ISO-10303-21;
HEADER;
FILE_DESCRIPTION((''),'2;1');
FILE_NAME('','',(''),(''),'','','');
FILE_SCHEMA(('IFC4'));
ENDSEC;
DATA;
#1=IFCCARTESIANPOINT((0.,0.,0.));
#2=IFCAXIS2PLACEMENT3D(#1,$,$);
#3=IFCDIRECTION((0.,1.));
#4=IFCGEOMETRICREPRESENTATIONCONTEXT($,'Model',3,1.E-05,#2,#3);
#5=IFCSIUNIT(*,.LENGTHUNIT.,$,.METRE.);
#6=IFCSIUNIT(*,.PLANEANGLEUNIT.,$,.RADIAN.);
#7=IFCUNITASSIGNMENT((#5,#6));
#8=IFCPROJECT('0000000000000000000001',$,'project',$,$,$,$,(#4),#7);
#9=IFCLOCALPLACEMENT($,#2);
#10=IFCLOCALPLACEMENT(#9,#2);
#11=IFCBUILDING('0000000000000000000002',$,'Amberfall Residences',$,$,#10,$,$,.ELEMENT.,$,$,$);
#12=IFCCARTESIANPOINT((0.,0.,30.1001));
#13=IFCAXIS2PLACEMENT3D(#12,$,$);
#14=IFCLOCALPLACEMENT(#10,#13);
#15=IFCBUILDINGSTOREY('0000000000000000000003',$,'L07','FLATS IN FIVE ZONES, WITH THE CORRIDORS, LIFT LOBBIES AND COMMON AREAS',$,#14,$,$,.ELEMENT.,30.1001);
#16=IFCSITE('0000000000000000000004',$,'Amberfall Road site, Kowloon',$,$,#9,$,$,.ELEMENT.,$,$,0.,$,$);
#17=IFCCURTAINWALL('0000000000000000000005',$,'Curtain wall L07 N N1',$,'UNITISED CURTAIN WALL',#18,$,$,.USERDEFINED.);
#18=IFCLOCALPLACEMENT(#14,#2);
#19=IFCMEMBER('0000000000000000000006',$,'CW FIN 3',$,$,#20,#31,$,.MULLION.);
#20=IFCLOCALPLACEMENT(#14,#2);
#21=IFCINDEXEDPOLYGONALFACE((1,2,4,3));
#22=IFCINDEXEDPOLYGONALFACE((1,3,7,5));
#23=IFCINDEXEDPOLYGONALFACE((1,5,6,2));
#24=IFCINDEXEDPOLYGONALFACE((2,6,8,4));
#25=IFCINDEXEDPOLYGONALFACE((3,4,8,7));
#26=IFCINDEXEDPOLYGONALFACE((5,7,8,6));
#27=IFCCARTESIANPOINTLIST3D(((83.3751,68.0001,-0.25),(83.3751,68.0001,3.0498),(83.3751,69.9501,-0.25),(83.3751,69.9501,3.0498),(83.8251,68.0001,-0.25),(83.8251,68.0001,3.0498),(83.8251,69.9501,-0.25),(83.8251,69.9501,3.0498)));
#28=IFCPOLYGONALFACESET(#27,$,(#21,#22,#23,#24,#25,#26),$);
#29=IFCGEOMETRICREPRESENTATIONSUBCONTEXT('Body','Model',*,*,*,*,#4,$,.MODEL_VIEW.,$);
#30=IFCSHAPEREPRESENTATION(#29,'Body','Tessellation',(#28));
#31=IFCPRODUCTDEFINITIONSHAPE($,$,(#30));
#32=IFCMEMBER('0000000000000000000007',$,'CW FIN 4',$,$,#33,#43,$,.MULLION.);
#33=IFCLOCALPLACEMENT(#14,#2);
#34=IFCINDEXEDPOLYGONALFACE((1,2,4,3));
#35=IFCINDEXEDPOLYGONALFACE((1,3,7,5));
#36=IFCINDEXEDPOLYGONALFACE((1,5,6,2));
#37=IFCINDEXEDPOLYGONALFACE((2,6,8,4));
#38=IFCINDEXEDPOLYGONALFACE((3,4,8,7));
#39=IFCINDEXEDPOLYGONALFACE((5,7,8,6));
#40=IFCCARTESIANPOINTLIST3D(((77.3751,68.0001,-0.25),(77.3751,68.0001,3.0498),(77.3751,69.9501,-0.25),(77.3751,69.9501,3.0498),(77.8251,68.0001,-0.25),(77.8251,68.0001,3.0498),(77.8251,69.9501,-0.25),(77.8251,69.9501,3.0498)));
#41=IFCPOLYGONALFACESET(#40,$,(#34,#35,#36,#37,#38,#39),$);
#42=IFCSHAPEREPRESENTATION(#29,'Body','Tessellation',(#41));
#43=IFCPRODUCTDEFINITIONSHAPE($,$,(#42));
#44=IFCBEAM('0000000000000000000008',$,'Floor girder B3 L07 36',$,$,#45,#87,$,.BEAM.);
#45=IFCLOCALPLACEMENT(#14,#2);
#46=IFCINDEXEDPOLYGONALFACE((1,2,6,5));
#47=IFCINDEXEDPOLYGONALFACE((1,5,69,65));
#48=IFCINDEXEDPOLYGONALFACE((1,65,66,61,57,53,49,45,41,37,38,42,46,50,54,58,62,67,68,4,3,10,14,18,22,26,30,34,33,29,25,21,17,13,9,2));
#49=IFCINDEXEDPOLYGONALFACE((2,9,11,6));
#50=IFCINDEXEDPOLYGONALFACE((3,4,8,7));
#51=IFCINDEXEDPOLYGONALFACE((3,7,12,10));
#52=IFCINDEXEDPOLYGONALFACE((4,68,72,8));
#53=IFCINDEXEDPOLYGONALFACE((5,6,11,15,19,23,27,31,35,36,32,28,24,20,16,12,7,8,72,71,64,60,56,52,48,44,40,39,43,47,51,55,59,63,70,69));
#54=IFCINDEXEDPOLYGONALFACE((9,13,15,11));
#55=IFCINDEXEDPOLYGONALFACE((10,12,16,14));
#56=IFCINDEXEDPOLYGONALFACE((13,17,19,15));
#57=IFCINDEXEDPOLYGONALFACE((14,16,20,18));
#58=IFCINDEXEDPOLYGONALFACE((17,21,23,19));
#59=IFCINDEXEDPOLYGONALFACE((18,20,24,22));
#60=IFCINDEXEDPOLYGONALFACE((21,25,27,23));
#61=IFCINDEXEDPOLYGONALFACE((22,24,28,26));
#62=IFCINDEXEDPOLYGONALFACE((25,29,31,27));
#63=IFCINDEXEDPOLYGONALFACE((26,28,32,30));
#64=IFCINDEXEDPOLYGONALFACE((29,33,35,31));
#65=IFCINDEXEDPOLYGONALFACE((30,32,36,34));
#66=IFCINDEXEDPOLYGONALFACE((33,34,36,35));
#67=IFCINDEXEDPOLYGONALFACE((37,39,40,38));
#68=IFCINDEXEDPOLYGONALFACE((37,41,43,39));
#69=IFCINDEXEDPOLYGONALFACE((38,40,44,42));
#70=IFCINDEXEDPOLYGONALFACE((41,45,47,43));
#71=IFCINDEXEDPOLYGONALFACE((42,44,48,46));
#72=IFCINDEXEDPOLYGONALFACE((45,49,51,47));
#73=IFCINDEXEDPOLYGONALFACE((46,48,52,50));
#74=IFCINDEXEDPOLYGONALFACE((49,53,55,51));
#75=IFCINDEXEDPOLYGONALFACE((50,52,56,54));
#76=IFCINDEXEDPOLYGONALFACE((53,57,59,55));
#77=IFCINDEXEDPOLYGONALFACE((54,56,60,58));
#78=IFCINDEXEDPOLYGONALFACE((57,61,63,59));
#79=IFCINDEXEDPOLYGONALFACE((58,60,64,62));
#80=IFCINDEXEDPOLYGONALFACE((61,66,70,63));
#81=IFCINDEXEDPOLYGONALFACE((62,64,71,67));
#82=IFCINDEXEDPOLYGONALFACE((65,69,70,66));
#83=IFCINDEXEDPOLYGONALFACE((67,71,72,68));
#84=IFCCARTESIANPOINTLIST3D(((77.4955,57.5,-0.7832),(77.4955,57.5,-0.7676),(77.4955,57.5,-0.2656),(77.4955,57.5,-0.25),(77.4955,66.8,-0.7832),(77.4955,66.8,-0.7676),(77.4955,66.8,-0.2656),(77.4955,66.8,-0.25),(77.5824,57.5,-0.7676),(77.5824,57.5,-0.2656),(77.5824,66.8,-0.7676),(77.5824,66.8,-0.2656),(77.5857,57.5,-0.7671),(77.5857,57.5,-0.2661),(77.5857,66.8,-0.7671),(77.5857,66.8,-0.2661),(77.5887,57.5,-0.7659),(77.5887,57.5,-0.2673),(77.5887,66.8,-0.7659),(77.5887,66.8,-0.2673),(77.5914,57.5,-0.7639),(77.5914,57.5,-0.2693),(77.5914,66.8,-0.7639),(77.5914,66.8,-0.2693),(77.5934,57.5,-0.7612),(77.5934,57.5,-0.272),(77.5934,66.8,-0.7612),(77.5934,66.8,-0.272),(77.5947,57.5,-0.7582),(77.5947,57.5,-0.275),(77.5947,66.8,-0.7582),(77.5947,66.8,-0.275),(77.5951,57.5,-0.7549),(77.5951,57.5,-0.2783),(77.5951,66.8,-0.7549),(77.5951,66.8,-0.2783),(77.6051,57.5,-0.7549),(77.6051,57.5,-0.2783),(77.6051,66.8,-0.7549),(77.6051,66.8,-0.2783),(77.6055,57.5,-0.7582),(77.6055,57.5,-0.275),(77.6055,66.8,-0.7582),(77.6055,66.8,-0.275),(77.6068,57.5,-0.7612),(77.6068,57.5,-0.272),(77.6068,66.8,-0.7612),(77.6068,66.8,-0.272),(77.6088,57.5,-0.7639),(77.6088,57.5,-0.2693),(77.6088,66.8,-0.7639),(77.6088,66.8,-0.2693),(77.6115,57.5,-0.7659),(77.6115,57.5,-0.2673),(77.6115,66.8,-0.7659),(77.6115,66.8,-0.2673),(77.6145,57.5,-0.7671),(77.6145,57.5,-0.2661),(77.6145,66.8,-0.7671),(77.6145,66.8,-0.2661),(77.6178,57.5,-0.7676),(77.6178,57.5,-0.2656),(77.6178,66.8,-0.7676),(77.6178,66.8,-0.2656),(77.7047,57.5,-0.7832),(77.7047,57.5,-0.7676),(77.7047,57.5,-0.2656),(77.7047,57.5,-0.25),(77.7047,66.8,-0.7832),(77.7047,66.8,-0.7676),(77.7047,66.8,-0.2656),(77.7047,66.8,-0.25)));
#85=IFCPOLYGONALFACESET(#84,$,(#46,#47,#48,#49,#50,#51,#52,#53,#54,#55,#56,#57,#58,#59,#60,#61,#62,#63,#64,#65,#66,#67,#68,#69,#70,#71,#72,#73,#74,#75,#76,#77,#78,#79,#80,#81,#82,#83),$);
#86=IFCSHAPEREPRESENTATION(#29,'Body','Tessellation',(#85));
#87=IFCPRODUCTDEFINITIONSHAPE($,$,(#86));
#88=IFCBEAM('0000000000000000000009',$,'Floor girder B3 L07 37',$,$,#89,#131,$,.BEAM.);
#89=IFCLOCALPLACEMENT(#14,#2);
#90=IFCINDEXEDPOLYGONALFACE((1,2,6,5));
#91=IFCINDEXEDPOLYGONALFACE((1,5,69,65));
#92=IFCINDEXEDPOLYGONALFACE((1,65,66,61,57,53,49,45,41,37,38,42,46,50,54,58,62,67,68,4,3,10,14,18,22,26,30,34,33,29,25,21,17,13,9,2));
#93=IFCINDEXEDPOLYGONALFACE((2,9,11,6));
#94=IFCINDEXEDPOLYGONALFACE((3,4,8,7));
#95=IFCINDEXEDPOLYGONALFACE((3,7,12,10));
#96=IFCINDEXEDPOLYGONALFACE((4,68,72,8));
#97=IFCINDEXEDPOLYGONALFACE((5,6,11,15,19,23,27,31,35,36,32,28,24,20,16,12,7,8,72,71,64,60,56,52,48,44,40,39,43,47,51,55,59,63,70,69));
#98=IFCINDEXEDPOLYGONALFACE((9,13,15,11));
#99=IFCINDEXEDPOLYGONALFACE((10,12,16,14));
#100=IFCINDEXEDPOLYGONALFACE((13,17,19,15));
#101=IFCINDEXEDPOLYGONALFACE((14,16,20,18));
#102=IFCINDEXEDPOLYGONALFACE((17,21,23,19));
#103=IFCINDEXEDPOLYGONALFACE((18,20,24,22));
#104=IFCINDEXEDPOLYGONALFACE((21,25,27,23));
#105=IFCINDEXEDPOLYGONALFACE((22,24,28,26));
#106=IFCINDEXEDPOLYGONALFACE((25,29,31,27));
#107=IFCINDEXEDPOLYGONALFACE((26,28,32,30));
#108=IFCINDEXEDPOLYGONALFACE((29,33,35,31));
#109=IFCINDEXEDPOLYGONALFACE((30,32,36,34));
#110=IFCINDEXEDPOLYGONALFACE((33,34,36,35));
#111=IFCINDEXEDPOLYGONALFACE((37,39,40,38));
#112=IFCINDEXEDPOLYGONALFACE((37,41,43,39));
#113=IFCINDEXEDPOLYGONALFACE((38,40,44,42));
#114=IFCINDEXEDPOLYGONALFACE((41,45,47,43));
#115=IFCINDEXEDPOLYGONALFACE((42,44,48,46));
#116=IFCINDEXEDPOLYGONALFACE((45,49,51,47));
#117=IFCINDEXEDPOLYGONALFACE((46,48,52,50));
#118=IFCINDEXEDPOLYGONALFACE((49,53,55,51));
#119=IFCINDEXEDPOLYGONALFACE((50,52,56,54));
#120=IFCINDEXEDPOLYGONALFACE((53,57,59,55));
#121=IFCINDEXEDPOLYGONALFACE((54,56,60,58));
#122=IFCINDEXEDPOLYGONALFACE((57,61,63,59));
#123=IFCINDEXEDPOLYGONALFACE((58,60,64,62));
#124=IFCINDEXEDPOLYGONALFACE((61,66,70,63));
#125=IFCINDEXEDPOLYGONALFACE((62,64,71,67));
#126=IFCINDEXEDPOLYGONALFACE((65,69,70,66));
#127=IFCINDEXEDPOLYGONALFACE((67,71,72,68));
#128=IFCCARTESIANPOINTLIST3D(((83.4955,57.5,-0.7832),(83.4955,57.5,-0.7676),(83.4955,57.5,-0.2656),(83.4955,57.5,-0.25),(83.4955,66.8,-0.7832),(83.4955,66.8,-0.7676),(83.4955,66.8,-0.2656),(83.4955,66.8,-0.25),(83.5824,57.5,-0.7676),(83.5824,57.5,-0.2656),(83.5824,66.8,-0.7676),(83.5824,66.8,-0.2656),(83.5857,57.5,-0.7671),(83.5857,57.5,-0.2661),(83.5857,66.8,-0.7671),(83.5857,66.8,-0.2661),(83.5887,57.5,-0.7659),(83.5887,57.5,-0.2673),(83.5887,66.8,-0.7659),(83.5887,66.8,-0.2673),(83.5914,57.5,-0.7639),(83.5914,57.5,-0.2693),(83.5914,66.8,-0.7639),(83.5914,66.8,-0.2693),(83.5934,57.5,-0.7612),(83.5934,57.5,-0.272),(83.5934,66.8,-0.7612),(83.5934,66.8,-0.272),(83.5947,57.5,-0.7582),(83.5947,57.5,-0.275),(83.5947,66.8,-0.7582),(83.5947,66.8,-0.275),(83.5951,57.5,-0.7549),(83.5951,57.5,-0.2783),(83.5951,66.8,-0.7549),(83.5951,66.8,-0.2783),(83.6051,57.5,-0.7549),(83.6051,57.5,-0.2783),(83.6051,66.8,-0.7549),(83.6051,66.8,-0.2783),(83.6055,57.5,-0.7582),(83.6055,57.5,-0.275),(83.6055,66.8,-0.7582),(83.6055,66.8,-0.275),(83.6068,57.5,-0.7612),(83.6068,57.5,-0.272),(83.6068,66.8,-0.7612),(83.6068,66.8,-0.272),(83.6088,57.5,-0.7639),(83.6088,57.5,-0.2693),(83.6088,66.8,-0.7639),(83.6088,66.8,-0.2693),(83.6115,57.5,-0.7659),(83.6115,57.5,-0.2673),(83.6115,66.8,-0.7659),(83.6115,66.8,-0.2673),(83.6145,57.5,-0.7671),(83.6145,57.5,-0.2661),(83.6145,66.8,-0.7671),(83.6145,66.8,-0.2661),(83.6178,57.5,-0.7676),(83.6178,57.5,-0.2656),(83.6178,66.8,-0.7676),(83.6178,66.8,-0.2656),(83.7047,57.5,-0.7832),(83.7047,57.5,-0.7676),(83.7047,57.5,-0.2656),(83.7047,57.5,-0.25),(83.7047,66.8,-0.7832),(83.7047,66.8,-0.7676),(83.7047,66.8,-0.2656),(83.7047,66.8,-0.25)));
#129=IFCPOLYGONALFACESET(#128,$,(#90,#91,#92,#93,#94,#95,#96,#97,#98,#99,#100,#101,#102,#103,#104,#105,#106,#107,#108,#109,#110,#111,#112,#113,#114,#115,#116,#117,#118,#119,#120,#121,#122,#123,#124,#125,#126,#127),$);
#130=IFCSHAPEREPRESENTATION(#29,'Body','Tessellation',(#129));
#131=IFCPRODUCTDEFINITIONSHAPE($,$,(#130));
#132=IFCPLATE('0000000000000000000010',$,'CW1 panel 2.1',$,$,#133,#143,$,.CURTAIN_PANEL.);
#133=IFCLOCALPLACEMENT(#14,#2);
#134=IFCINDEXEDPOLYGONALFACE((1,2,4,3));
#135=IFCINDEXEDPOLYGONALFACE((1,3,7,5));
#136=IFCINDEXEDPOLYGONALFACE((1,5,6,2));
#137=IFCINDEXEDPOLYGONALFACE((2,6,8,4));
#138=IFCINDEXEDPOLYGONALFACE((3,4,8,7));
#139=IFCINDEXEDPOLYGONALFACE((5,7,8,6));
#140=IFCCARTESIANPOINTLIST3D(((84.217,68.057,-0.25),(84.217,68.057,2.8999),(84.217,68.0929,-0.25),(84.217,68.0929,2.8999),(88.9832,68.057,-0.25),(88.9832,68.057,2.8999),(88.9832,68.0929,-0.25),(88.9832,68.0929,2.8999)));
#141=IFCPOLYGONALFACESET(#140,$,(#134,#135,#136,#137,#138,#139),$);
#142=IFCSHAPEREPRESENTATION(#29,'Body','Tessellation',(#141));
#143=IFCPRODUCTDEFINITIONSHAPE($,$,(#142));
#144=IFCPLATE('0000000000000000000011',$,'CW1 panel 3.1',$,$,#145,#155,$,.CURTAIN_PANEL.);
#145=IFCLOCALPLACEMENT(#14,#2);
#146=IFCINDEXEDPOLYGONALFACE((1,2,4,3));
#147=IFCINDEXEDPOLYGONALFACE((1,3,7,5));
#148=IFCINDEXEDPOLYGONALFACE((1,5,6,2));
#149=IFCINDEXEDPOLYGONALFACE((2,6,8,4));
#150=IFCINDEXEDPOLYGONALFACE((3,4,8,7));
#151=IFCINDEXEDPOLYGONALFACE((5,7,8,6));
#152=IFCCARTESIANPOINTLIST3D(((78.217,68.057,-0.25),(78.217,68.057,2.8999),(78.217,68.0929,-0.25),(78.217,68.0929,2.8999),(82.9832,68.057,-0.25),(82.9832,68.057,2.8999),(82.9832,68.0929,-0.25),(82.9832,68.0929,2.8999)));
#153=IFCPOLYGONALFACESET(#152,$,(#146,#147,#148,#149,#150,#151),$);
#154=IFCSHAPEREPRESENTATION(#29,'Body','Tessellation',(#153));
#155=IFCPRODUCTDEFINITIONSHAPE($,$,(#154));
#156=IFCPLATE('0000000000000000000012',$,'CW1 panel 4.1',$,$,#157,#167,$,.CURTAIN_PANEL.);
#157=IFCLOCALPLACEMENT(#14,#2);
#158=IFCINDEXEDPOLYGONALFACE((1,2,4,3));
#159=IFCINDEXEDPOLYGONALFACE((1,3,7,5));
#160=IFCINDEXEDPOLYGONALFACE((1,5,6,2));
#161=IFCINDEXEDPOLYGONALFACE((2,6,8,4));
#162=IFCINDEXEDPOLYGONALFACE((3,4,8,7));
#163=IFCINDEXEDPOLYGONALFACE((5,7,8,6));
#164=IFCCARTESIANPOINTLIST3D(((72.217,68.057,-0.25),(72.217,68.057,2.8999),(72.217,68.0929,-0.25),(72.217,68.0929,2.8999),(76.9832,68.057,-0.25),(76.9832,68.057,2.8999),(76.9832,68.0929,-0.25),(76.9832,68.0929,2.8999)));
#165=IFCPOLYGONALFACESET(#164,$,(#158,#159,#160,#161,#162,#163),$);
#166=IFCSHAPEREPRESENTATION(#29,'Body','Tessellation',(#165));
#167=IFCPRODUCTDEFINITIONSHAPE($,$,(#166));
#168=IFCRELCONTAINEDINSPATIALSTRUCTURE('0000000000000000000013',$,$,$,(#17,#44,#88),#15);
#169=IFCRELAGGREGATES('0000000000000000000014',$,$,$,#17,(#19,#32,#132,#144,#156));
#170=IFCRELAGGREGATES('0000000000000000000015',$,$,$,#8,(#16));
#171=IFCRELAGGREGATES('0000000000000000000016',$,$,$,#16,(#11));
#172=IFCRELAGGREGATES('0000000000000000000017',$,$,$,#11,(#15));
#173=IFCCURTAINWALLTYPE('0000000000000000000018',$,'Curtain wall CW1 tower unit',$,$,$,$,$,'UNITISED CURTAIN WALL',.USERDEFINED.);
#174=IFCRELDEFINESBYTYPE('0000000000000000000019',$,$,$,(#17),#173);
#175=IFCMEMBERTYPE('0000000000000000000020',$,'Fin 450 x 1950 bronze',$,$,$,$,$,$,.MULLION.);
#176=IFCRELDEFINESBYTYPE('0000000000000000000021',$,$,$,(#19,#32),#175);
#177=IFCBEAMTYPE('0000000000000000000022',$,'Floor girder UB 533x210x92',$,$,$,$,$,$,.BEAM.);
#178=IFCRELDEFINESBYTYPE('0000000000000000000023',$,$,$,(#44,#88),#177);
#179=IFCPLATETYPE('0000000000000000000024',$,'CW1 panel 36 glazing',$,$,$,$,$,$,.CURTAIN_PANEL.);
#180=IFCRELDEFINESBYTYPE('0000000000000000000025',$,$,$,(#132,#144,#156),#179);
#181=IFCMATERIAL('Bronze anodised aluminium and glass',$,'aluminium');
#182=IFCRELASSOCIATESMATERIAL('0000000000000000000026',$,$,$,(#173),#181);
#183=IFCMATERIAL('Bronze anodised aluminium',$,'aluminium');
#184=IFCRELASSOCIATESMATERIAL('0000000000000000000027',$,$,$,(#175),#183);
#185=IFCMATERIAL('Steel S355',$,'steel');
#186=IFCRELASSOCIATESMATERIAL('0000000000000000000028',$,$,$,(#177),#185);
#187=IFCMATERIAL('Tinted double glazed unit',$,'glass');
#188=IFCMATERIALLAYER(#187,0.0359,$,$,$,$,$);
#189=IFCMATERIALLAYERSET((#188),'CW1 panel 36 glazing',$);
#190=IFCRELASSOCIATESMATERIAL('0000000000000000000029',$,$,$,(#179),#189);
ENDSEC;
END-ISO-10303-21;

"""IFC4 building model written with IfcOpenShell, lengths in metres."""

from ifc_helpers import new_model, si_unit, direction, frame, origin, origin_2d, place, context, subcontext, project, spatial, rectangle, i_section, extrude, material, layer, layer_set, material_profile, profile_set, type_object, element, aggregate, save


model = new_model("IFC4")

# Units and contexts
model_context = context("Model", 3, precision=1e-05, world=origin(), true_north=direction((0.0, 1.0)))
body_context = subcontext(model_context, "Body", "Model", "MODEL_VIEW")
ifc_project = project(units=[si_unit("LENGTHUNIT", "METRE"), si_unit("PLANEANGLEUNIT", "RADIAN")], contexts=[model_context])

# Site, building, storey
site_placement = place(None, origin())
site = spatial("IfcSite", under=ifc_project, at=site_placement, Name="Amberfall Road site, Kowloon", CompositionType="ELEMENT", RefElevation=0.0)
building_placement = place(site_placement, origin())
building = spatial("IfcBuilding", under=site, at=building_placement, Name="Amberfall Residences", CompositionType="ELEMENT")
storey_placement = place(building_placement, frame((0.0, 0.0, 30.1001)))
storey = spatial("IfcBuildingStorey", under=building, at=storey_placement, Name="L07", Description="FLATS IN FIVE ZONES, WITH THE CORRIDORS, LIFT LOBBIES AND COMMON AREAS", CompositionType="ELEMENT", Elevation=30.1001)

# Curtain wall
ifc_material_1 = material(Name="Bronze anodised aluminium and glass", Category="aluminium")
curtain_wall_type = type_object("IfcCurtainWallType", Name="Curtain wall CW1 tower unit", ElementType="UNITISED CURTAIN WALL", PredefinedType="USERDEFINED", material=ifc_material_1)
curtain_wall_placement = place(storey_placement, origin())
curtain_wall = element("IfcCurtainWall", 1, at=curtain_wall_placement, inside=storey, type_object=curtain_wall_type, Name="Curtain wall L07 N N1", ObjectType="UNITISED CURTAIN WALL", PredefinedType="USERDEFINED")
ifc_material_2 = material(Name="Bronze anodised aluminium", Category="aluminium")

# Shared definitions
ifc_material_3 = material(Name="Steel S355", Category="steel")

# Members
ifc_material_profile_1 = material_profile(ifc_material_2, rectangle(XDim=1.95, YDim=0.45, at=origin_2d()), Name="Fin 450 x 1950 bronze")
ifc_profile_set_1 = profile_set([ifc_material_profile_1], Name="Bronze anodised aluminium")
member_type_1 = type_object("IfcMemberType", Name="Fin 450 x 1950 bronze", PredefinedType="MULLION", material=ifc_profile_set_1)
member_1_placement = place(storey_placement, frame((83.6001, 68.9751, -0.25), z_axis=(0.0, 0.0, 1.0), x_axis=(0.0, -1.0, 0.0)))
member_1 = element("IfcMember", 2, at=member_1_placement, type_object=member_type_1, Name="CW FIN 3", PredefinedType="MULLION", context=body_context, shape_type="SweptSolid", body=[
    extrude(rectangle(XDim=1.95, YDim=0.45, at=origin_2d()), origin(), (0.0, 0.0, 1.0), 3.2998),
])
member_2_placement = place(storey_placement, frame((77.6001, 68.9751, -0.25), z_axis=(0.0, 0.0, 1.0), x_axis=(0.0, -1.0, 0.0)))
member_2 = element("IfcMember", 3, at=member_2_placement, type_object=member_type_1, Name="CW FIN 4", PredefinedType="MULLION", context=body_context, shape_type="SweptSolid", body=[
    extrude(rectangle(XDim=1.95, YDim=0.45, at=origin_2d()), origin(), (0.0, 0.0, 1.0), 3.2998),
])

# Beams
ifc_material_profile_2 = material_profile(ifc_material_3, i_section(OverallWidth=0.2092, OverallDepth=0.5332, WebThickness=0.01, FlangeThickness=0.0156, FilletRadius=0.0127, at=origin_2d()), Name="UB 533x210x92")
ifc_profile_set_2 = profile_set([ifc_material_profile_2], Name="Steel S355")
beam_type_1 = type_object("IfcBeamType", Name="Floor girder UB 533x210x92", PredefinedType="BEAM", material=ifc_profile_set_2)
for number, where, z_axis, x_axis, name in (
    (4, (77.6001, 66.8, -0.5166), (0.0, -1.0, 0.0), (1.0, 0.0, 0.0), "Floor girder B3 L07 36"),
    (5, (83.6001, 66.8, -0.5166), (0.0, -1.0, 0.0), (1.0, 0.0, 0.0), "Floor girder B3 L07 37"),
):
    element("IfcBeam", number, at=place(storey_placement, frame(where, z_axis=z_axis, x_axis=x_axis)), inside=storey, type_object=beam_type_1, Name=name, PredefinedType="BEAM", context=body_context, shape_type="SweptSolid", body=[
        extrude(i_section(OverallWidth=0.2092, OverallDepth=0.5332, WebThickness=0.01, FlangeThickness=0.0156, FilletRadius=0.0127, at=origin_2d()), origin(), (0.0, 0.0, 1.0), 9.3),
    ])

# Plates
ifc_material_4 = material(Name="Tinted double glazed unit", Category="glass")
ifc_layer_1 = layer(ifc_material_4, 0.0359)
ifc_layer_set_1 = layer_set([ifc_layer_1], Name="CW1 panel 36 glazing")
plate_type = type_object("IfcPlateType", Name="CW1 panel 36 glazing", PredefinedType="CURTAIN_PANEL", material=ifc_layer_set_1)
plate_1_placement = place(storey_placement, frame((86.6001, 68.075, -0.25), z_axis=(0.0, 0.0, 1.0), x_axis=(-1.0, 0.0, 0.0)))
plate_1 = element("IfcPlate", 6, at=plate_1_placement, type_object=plate_type, Name="CW1 panel 2.1", PredefinedType="CURTAIN_PANEL", context=body_context, shape_type="SweptSolid", body=[
    extrude(rectangle(XDim=4.7661, YDim=0.0359, at=origin_2d()), origin(), (0.0, 0.0, 1.0), 3.1499),
])
plate_2_placement = place(storey_placement, frame((80.6001, 68.075, -0.25), z_axis=(0.0, 0.0, 1.0), x_axis=(-1.0, 0.0, 0.0)))
plate_2 = element("IfcPlate", 7, at=plate_2_placement, type_object=plate_type, Name="CW1 panel 3.1", PredefinedType="CURTAIN_PANEL", context=body_context, shape_type="SweptSolid", body=[
    extrude(rectangle(XDim=4.7661, YDim=0.0359, at=origin_2d()), origin(), (0.0, 0.0, 1.0), 3.1499),
])
plate_3_placement = place(storey_placement, frame((74.6001, 68.075, -0.25), z_axis=(0.0, 0.0, 1.0), x_axis=(-1.0, 0.0, 0.0)))
plate_3 = element("IfcPlate", 8, at=plate_3_placement, type_object=plate_type, Name="CW1 panel 4.1", PredefinedType="CURTAIN_PANEL", context=body_context, shape_type="SweptSolid", body=[
    extrude(rectangle(XDim=4.7661, YDim=0.0359, at=origin_2d()), origin(), (0.0, 0.0, 1.0), 3.1499),
])
aggregate(curtain_wall, [member_1, member_2, plate_1, plate_2, plate_3])

save(model, "model.ifc")
